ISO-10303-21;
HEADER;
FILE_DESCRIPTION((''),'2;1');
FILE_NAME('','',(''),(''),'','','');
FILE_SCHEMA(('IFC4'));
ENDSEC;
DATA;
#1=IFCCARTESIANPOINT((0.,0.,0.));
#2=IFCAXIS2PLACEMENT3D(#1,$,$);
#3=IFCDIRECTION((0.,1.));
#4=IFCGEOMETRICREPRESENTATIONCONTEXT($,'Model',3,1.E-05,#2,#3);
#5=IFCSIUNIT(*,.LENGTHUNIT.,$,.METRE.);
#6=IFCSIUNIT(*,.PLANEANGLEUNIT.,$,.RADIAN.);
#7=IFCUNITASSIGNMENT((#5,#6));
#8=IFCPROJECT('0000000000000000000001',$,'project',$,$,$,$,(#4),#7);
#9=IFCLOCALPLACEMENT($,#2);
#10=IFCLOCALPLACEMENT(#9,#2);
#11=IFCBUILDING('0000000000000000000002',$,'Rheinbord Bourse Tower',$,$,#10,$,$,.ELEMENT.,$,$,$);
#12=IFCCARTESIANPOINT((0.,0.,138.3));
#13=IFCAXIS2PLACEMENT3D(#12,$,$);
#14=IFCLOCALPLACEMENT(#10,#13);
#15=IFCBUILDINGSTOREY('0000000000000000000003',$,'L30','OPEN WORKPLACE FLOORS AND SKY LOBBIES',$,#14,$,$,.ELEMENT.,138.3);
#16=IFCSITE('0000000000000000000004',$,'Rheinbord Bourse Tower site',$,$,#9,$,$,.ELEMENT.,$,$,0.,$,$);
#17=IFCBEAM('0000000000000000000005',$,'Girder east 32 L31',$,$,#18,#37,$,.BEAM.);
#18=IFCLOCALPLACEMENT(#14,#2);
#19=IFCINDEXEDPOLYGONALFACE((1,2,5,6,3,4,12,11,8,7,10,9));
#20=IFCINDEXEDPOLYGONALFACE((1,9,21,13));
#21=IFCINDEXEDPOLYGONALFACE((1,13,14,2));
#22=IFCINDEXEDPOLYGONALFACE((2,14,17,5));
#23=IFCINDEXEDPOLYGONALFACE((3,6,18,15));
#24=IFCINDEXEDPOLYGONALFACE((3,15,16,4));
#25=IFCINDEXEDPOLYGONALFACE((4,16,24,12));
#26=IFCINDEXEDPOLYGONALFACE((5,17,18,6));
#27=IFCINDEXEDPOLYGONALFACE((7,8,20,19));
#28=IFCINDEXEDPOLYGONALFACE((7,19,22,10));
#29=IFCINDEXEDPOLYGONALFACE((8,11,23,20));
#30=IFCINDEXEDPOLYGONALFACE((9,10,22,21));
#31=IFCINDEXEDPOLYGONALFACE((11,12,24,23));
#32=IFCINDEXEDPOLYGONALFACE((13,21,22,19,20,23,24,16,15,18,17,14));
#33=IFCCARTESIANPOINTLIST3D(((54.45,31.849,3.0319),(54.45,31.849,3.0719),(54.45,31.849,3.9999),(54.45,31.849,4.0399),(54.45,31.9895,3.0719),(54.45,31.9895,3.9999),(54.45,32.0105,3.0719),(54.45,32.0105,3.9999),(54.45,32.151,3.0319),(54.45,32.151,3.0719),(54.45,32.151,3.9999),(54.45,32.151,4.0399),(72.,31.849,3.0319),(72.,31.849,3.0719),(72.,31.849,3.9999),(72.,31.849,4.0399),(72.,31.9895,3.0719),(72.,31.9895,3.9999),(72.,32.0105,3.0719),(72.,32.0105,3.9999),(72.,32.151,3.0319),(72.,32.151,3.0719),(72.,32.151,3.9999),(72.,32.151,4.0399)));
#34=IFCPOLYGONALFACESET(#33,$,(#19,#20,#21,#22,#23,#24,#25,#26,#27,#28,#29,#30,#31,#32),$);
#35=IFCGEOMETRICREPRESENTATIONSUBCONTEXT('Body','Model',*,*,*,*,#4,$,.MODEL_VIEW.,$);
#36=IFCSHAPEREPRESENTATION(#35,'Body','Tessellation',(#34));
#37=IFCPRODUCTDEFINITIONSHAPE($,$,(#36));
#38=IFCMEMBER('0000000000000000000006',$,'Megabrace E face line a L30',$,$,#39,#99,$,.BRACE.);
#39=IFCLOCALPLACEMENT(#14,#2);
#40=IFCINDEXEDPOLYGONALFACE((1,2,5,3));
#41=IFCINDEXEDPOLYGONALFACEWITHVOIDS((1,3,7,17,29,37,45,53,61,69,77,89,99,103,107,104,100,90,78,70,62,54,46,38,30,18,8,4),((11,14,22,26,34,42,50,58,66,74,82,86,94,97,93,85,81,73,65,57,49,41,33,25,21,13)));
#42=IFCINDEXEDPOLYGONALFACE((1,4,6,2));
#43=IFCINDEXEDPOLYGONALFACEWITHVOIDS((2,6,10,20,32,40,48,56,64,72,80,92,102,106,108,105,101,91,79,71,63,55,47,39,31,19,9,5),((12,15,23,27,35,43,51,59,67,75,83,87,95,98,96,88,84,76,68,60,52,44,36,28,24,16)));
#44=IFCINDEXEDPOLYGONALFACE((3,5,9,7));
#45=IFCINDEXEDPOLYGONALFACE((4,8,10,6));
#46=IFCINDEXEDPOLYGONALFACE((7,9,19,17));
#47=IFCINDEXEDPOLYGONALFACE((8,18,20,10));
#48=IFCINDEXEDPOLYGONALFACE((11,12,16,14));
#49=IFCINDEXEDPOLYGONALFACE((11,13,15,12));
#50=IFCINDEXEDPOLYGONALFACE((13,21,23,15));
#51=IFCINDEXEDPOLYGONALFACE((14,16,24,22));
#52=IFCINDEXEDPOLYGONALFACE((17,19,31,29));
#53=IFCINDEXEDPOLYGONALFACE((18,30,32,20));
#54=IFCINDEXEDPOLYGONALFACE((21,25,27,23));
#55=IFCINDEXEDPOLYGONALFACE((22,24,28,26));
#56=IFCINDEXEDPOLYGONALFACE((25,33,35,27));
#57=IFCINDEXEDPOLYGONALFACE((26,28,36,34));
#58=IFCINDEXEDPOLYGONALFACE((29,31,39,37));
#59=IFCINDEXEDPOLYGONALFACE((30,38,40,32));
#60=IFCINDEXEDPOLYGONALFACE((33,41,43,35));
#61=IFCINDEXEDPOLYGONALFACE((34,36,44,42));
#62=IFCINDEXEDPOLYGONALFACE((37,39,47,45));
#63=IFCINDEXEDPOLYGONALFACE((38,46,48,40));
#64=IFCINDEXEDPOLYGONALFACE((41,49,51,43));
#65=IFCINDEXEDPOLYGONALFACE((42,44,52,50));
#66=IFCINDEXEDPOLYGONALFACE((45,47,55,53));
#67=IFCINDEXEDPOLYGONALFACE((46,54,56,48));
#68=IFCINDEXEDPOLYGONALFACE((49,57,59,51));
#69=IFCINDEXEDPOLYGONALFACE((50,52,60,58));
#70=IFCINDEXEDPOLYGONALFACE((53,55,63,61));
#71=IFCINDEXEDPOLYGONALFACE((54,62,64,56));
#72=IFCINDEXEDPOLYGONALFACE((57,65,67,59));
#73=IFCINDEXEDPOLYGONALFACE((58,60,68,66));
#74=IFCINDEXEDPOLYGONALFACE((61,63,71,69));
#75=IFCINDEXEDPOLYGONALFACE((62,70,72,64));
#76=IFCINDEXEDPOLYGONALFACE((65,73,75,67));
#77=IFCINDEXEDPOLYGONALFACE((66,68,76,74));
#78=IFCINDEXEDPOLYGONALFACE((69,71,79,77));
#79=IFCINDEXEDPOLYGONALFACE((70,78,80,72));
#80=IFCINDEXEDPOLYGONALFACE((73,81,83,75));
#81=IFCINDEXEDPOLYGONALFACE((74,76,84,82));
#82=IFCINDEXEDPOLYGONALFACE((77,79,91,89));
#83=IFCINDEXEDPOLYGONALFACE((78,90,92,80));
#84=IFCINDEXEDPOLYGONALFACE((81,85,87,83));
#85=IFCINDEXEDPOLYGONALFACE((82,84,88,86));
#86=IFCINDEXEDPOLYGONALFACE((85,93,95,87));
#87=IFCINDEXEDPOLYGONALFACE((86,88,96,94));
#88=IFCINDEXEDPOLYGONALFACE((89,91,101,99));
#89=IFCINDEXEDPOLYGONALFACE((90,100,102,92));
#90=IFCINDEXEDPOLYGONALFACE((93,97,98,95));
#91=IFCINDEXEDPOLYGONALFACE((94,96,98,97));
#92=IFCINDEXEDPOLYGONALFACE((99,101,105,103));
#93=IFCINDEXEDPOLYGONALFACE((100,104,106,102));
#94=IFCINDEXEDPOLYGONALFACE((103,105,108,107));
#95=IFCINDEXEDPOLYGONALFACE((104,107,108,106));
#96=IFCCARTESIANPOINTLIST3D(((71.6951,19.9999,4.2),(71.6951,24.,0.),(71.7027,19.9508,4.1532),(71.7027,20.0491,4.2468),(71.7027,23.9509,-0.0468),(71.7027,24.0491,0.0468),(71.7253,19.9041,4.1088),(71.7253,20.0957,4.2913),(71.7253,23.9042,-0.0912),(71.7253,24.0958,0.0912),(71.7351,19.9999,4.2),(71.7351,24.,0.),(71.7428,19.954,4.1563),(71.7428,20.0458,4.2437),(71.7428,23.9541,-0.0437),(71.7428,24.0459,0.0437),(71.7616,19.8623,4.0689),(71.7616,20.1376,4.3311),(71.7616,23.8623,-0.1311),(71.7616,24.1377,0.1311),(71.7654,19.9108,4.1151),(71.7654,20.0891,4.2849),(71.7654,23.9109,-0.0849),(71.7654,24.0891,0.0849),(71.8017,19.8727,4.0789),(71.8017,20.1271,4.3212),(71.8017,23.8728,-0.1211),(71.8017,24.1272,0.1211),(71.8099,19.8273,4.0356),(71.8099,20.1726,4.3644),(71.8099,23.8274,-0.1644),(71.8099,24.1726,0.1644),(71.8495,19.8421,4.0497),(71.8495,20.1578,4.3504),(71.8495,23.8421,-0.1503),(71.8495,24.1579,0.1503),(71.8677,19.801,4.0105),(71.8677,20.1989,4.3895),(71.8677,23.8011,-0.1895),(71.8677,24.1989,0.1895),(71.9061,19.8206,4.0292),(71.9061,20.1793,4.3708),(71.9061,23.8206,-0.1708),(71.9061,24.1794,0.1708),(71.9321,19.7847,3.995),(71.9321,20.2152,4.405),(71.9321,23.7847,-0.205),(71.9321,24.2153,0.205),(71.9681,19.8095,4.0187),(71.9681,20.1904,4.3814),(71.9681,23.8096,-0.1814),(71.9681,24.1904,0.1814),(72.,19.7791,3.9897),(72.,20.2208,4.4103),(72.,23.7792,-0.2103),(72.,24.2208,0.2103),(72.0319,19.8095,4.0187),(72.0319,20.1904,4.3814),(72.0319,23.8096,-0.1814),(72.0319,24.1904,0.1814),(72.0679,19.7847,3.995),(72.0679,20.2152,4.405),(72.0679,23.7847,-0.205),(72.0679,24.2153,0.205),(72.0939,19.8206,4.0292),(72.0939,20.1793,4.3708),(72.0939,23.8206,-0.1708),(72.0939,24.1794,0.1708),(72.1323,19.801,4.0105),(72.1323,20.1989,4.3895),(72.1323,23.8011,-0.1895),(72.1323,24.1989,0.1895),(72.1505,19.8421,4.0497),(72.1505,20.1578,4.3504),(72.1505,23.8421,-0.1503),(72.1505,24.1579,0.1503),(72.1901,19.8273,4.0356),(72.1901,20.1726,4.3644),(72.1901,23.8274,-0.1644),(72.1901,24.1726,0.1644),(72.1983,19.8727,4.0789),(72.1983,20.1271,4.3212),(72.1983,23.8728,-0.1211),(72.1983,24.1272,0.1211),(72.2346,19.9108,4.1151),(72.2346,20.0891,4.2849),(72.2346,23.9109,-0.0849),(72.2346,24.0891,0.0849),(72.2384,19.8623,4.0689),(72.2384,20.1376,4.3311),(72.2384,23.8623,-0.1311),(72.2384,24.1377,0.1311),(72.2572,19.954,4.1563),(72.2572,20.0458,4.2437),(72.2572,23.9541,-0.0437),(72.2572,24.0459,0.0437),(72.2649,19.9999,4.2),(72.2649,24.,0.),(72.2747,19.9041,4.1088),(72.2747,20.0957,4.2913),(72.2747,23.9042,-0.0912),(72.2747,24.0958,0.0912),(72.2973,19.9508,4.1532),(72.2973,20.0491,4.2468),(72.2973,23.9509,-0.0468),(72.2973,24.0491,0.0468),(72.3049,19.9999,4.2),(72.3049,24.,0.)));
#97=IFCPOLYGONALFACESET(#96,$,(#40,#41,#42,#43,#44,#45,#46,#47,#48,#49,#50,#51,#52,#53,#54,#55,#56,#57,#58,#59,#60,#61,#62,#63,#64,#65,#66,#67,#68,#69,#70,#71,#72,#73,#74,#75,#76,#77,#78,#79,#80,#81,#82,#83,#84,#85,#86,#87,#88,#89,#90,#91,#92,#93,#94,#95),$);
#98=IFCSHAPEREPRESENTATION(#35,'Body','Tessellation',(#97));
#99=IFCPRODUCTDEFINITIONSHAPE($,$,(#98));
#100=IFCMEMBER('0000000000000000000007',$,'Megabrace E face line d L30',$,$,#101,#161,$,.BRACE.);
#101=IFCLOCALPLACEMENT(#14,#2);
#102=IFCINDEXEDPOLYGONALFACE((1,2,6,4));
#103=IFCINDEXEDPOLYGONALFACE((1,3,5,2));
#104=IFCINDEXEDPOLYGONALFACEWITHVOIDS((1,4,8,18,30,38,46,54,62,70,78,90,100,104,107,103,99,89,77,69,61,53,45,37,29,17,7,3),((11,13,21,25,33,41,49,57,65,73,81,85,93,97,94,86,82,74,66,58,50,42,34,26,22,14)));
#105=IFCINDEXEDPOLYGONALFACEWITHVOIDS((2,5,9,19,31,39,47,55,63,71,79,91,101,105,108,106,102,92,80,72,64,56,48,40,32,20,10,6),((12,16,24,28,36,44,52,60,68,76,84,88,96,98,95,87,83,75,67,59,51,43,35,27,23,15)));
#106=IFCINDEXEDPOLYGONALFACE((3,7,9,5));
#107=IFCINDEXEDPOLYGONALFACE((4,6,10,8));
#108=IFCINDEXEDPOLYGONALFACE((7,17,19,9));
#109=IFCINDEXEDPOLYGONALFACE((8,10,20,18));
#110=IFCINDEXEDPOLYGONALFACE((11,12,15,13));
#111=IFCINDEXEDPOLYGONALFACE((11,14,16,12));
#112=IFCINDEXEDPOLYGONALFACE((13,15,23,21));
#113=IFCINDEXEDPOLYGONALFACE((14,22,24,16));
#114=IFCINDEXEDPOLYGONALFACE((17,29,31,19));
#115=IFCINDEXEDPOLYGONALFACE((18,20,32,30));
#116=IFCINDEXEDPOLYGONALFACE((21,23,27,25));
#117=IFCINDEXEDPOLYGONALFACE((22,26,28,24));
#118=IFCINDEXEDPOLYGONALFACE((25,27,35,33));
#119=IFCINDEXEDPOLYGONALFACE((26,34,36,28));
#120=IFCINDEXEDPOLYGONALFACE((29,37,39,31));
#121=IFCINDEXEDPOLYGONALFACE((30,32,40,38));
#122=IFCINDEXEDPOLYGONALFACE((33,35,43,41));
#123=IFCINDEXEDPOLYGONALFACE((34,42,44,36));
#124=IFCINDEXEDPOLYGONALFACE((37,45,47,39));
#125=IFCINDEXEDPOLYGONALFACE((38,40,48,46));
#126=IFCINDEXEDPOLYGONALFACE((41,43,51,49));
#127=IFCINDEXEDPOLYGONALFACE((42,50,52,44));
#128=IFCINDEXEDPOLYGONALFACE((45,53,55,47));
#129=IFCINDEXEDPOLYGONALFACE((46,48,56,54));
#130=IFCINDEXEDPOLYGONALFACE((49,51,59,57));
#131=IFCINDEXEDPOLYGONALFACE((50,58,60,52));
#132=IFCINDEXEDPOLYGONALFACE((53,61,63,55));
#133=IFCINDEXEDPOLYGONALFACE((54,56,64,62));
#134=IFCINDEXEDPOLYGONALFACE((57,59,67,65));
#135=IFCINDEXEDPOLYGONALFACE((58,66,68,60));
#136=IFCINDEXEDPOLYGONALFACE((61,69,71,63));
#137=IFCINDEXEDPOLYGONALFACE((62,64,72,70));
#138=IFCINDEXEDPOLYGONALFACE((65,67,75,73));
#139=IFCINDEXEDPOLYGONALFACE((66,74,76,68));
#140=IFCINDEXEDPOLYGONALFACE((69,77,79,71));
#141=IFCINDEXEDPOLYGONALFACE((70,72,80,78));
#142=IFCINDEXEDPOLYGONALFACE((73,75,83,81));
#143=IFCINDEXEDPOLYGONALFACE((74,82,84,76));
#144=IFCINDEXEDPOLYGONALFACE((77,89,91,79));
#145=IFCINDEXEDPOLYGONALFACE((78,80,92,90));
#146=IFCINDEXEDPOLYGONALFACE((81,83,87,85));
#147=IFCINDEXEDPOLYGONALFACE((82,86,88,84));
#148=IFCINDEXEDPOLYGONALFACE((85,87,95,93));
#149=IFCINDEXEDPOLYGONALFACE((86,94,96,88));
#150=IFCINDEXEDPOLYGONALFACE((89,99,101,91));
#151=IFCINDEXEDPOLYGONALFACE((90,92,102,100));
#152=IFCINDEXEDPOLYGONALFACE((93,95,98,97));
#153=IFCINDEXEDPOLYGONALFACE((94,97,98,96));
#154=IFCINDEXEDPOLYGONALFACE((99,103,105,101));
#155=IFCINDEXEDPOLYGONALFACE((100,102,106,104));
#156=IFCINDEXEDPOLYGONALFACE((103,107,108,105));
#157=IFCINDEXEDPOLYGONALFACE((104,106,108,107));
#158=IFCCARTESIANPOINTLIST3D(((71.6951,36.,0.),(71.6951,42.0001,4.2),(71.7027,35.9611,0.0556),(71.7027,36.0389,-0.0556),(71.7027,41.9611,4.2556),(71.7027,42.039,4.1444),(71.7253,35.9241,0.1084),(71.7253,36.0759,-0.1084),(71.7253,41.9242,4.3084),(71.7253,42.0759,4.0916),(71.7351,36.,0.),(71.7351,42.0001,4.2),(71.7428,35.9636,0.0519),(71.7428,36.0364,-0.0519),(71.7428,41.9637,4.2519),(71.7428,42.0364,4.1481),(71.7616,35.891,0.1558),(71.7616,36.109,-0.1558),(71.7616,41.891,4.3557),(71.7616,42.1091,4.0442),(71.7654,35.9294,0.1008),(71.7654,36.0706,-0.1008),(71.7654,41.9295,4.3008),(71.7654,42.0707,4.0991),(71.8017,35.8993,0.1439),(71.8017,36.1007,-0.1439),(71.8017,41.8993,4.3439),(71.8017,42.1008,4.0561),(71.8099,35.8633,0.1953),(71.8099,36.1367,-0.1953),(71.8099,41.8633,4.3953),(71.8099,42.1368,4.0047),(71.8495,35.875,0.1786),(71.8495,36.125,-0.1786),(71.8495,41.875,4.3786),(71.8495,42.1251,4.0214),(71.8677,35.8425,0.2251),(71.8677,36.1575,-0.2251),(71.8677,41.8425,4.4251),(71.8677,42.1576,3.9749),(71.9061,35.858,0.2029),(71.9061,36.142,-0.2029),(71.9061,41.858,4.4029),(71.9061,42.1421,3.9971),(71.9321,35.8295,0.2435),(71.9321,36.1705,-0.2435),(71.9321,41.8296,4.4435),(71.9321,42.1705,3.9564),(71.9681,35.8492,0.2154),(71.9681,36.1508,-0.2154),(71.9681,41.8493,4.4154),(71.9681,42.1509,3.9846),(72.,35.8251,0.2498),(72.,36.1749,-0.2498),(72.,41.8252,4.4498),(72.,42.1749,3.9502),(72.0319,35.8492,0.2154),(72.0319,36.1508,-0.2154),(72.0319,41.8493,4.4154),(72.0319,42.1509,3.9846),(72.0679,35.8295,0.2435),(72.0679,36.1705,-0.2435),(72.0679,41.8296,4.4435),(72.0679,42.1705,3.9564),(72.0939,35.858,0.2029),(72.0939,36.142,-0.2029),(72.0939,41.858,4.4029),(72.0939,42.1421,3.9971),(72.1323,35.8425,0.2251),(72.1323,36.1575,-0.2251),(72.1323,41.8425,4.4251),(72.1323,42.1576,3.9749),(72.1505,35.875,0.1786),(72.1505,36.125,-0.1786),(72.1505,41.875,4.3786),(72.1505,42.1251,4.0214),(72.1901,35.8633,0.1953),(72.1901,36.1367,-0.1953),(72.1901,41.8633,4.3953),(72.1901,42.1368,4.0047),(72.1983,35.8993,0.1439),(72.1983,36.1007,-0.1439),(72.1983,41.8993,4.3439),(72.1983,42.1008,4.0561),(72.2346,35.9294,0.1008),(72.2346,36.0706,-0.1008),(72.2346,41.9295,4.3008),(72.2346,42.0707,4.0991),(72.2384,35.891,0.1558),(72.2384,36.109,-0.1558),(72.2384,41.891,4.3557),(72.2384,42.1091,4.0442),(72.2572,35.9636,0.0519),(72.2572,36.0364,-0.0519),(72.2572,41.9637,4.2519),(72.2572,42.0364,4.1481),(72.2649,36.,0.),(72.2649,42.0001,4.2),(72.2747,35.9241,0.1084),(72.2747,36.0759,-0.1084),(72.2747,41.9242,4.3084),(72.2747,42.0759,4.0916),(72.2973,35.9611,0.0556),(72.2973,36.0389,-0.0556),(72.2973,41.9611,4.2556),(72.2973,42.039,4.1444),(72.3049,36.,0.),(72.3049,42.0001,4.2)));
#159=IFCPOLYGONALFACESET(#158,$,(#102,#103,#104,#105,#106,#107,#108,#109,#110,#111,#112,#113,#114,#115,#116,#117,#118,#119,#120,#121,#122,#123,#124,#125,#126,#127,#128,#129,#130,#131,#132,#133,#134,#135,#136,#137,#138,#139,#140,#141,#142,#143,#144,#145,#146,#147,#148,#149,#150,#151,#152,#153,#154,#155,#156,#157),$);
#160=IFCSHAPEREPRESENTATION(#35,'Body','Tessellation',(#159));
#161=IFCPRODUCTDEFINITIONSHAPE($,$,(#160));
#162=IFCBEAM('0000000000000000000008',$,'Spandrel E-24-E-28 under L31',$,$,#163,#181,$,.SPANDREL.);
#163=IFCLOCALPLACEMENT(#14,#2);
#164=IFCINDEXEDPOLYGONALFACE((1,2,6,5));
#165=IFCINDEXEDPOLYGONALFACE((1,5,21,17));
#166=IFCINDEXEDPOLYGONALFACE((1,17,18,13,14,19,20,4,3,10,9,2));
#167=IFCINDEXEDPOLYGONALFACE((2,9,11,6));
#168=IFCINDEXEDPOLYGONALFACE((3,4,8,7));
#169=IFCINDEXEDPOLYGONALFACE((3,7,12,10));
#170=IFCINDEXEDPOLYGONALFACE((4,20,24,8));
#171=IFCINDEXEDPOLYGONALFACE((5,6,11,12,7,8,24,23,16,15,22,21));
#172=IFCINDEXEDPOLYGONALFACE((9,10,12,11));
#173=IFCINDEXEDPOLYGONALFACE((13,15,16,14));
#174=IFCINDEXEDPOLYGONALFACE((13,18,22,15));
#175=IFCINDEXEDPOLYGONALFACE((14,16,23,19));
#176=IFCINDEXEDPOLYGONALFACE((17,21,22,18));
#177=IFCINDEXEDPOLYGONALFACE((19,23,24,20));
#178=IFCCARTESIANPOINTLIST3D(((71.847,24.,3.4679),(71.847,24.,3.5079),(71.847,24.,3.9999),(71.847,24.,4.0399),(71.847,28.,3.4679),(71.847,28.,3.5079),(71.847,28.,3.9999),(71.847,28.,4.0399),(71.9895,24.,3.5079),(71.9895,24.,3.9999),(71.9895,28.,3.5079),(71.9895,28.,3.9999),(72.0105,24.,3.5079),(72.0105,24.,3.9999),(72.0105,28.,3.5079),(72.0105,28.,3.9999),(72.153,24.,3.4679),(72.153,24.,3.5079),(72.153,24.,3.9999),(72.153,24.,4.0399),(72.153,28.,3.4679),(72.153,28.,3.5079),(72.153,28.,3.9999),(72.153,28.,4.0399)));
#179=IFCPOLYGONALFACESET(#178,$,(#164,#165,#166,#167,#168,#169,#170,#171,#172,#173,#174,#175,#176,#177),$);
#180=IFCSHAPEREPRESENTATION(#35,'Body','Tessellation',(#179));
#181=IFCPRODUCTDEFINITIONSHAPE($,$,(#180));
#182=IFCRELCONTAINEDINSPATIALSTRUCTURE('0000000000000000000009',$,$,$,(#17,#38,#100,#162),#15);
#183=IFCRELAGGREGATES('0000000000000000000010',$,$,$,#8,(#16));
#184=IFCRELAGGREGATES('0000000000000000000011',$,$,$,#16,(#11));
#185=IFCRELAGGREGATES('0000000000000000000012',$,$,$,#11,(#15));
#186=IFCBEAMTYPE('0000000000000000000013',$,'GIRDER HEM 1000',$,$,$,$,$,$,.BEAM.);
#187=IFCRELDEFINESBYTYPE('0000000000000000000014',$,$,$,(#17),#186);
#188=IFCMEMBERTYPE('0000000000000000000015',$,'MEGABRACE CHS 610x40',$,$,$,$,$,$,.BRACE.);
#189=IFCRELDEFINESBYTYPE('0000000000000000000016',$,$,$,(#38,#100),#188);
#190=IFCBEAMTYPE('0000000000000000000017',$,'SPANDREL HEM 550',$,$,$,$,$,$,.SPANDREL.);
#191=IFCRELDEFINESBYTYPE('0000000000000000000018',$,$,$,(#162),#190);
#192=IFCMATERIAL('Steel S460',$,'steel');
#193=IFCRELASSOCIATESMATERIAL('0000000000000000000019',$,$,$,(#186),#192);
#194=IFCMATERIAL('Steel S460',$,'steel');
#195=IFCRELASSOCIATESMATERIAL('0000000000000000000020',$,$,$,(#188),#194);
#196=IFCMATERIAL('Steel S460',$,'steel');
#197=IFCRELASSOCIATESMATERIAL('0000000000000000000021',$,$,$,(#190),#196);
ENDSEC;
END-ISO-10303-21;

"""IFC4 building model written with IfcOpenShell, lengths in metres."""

from ifc_helpers import new_model, si_unit, direction, frame, origin, origin_2d, place, context, subcontext, project, spatial, hollow_circle, i_section, extrude, material, material_profile, profile_set, type_object, element, save


model = new_model("IFC4")

# Units and contexts
model_context = context("Model", 3, precision=1e-05, world=origin(), true_north=direction((0.0, 1.0)))
body_context = subcontext(model_context, "Body", "Model", "MODEL_VIEW")
ifc_project = project(units=[si_unit("LENGTHUNIT", "METRE"), si_unit("PLANEANGLEUNIT", "RADIAN")], contexts=[model_context])

# Site, building, storey
site_placement = place(None, origin())
site = spatial("IfcSite", under=ifc_project, at=site_placement, Name="Rheinbord Bourse Tower site", CompositionType="ELEMENT", RefElevation=0.0)
building_placement = place(site_placement, origin())
building = spatial("IfcBuilding", under=site, at=building_placement, Name="Rheinbord Bourse Tower", CompositionType="ELEMENT")
storey_placement = place(building_placement, frame((0.0, 0.0, 138.3)))
storey = spatial("IfcBuildingStorey", under=building, at=storey_placement, Name="L30", Description="OPEN WORKPLACE FLOORS AND SKY LOBBIES", CompositionType="ELEMENT", Elevation=138.3)

# Beam
ifc_material_1 = material(Name="Steel S460", Category="steel")
ifc_material_profile_1 = material_profile(ifc_material_1, i_section(OverallWidth=0.302, OverallDepth=1.0081, WebThickness=0.021, FlangeThickness=0.04, at=origin_2d()), Name="HEM 1000")
ifc_profile_set_1 = profile_set([ifc_material_profile_1], Name="Steel S460")
beam_type_1 = type_object("IfcBeamType", Name="GIRDER HEM 1000", PredefinedType="BEAM", material=ifc_profile_set_1)
beam_1_placement = place(storey_placement, frame((54.45, 32.0, 3.5359), z_axis=(1.0, 0.0, 0.0), x_axis=(0.0, 1.0, 0.0)))
element("IfcBeam", 1, at=beam_1_placement, inside=storey, type_object=beam_type_1, Name="Girder east 32 L31", PredefinedType="BEAM", context=body_context, shape_type="SweptSolid", body=[
    extrude(i_section(OverallWidth=0.302, OverallDepth=1.0081, WebThickness=0.021, FlangeThickness=0.04, at=origin_2d()), origin(), (0.0, 0.0, 1.0), 17.55),
])

# Members
ifc_material_2 = material(Name="Steel S460", Category="steel")
ifc_material_profile_2 = material_profile(ifc_material_2, hollow_circle(Radius=0.3049, WallThickness=0.04, at=origin_2d()), Name="CHS 610x40")
ifc_profile_set_2 = profile_set([ifc_material_profile_2], Name="Steel S460")
member_type_1 = type_object("IfcMemberType", Name="MEGABRACE CHS 610x40", PredefinedType="BRACE", material=ifc_profile_set_2)
member_1_placement = place(storey_placement, frame((72.0, 24.0, 0.0), z_axis=(0.0, -0.689659, 0.724134), x_axis=(1.0, 0.0, 0.0)))
element("IfcMember", 2, at=member_1_placement, inside=storey, type_object=member_type_1, Name="Megabrace E face line a L30", PredefinedType="BRACE", context=body_context, shape_type="SweptSolid", body=[
    extrude(hollow_circle(Radius=0.3049, WallThickness=0.04, at=origin_2d()), origin(), (0.0, 0.0, 1.0), 5.8),
])
member_2_placement = place(storey_placement, frame((72.0, 36.0, 0.0), z_axis=(0.0, 0.819235, 0.573458), x_axis=(-1.0, 0.0, 0.0)))
element("IfcMember", 3, at=member_2_placement, inside=storey, type_object=member_type_1, Name="Megabrace E face line d L30", PredefinedType="BRACE", context=body_context, shape_type="SweptSolid", body=[
    extrude(hollow_circle(Radius=0.3049, WallThickness=0.04, at=origin_2d()), origin(), (0.0, 0.0, 1.0), 7.324),
])

# Beam
ifc_material_3 = material(Name="Steel S460", Category="steel")
ifc_material_profile_3 = material_profile(ifc_material_3, i_section(OverallWidth=0.3059, OverallDepth=0.572, WebThickness=0.021, FlangeThickness=0.04, at=origin_2d()), Name="HEM 550")
ifc_profile_set_3 = profile_set([ifc_material_profile_3], Name="Steel S460")
beam_type_2 = type_object("IfcBeamType", Name="SPANDREL HEM 550", PredefinedType="SPANDREL", material=ifc_profile_set_3)
for number, where, z_axis, x_axis, name in (
    (4, (72.0, 24.0, 3.7539), (0.0, 1.0, 0.0), (-1.0, 0.0, 0.0), "Spandrel E-24-E-28 under L31"),
):
    element("IfcBeam", number, at=place(storey_placement, frame(where, z_axis=z_axis, x_axis=x_axis)), inside=storey, type_object=beam_type_2, Name=name, PredefinedType="SPANDREL", context=body_context, shape_type="SweptSolid", body=[
        extrude(i_section(OverallWidth=0.3059, OverallDepth=0.572, WebThickness=0.021, FlangeThickness=0.04, at=origin_2d()), origin(), (0.0, 0.0, 1.0), 4.0),
    ])

save(model, "model.ifc")
